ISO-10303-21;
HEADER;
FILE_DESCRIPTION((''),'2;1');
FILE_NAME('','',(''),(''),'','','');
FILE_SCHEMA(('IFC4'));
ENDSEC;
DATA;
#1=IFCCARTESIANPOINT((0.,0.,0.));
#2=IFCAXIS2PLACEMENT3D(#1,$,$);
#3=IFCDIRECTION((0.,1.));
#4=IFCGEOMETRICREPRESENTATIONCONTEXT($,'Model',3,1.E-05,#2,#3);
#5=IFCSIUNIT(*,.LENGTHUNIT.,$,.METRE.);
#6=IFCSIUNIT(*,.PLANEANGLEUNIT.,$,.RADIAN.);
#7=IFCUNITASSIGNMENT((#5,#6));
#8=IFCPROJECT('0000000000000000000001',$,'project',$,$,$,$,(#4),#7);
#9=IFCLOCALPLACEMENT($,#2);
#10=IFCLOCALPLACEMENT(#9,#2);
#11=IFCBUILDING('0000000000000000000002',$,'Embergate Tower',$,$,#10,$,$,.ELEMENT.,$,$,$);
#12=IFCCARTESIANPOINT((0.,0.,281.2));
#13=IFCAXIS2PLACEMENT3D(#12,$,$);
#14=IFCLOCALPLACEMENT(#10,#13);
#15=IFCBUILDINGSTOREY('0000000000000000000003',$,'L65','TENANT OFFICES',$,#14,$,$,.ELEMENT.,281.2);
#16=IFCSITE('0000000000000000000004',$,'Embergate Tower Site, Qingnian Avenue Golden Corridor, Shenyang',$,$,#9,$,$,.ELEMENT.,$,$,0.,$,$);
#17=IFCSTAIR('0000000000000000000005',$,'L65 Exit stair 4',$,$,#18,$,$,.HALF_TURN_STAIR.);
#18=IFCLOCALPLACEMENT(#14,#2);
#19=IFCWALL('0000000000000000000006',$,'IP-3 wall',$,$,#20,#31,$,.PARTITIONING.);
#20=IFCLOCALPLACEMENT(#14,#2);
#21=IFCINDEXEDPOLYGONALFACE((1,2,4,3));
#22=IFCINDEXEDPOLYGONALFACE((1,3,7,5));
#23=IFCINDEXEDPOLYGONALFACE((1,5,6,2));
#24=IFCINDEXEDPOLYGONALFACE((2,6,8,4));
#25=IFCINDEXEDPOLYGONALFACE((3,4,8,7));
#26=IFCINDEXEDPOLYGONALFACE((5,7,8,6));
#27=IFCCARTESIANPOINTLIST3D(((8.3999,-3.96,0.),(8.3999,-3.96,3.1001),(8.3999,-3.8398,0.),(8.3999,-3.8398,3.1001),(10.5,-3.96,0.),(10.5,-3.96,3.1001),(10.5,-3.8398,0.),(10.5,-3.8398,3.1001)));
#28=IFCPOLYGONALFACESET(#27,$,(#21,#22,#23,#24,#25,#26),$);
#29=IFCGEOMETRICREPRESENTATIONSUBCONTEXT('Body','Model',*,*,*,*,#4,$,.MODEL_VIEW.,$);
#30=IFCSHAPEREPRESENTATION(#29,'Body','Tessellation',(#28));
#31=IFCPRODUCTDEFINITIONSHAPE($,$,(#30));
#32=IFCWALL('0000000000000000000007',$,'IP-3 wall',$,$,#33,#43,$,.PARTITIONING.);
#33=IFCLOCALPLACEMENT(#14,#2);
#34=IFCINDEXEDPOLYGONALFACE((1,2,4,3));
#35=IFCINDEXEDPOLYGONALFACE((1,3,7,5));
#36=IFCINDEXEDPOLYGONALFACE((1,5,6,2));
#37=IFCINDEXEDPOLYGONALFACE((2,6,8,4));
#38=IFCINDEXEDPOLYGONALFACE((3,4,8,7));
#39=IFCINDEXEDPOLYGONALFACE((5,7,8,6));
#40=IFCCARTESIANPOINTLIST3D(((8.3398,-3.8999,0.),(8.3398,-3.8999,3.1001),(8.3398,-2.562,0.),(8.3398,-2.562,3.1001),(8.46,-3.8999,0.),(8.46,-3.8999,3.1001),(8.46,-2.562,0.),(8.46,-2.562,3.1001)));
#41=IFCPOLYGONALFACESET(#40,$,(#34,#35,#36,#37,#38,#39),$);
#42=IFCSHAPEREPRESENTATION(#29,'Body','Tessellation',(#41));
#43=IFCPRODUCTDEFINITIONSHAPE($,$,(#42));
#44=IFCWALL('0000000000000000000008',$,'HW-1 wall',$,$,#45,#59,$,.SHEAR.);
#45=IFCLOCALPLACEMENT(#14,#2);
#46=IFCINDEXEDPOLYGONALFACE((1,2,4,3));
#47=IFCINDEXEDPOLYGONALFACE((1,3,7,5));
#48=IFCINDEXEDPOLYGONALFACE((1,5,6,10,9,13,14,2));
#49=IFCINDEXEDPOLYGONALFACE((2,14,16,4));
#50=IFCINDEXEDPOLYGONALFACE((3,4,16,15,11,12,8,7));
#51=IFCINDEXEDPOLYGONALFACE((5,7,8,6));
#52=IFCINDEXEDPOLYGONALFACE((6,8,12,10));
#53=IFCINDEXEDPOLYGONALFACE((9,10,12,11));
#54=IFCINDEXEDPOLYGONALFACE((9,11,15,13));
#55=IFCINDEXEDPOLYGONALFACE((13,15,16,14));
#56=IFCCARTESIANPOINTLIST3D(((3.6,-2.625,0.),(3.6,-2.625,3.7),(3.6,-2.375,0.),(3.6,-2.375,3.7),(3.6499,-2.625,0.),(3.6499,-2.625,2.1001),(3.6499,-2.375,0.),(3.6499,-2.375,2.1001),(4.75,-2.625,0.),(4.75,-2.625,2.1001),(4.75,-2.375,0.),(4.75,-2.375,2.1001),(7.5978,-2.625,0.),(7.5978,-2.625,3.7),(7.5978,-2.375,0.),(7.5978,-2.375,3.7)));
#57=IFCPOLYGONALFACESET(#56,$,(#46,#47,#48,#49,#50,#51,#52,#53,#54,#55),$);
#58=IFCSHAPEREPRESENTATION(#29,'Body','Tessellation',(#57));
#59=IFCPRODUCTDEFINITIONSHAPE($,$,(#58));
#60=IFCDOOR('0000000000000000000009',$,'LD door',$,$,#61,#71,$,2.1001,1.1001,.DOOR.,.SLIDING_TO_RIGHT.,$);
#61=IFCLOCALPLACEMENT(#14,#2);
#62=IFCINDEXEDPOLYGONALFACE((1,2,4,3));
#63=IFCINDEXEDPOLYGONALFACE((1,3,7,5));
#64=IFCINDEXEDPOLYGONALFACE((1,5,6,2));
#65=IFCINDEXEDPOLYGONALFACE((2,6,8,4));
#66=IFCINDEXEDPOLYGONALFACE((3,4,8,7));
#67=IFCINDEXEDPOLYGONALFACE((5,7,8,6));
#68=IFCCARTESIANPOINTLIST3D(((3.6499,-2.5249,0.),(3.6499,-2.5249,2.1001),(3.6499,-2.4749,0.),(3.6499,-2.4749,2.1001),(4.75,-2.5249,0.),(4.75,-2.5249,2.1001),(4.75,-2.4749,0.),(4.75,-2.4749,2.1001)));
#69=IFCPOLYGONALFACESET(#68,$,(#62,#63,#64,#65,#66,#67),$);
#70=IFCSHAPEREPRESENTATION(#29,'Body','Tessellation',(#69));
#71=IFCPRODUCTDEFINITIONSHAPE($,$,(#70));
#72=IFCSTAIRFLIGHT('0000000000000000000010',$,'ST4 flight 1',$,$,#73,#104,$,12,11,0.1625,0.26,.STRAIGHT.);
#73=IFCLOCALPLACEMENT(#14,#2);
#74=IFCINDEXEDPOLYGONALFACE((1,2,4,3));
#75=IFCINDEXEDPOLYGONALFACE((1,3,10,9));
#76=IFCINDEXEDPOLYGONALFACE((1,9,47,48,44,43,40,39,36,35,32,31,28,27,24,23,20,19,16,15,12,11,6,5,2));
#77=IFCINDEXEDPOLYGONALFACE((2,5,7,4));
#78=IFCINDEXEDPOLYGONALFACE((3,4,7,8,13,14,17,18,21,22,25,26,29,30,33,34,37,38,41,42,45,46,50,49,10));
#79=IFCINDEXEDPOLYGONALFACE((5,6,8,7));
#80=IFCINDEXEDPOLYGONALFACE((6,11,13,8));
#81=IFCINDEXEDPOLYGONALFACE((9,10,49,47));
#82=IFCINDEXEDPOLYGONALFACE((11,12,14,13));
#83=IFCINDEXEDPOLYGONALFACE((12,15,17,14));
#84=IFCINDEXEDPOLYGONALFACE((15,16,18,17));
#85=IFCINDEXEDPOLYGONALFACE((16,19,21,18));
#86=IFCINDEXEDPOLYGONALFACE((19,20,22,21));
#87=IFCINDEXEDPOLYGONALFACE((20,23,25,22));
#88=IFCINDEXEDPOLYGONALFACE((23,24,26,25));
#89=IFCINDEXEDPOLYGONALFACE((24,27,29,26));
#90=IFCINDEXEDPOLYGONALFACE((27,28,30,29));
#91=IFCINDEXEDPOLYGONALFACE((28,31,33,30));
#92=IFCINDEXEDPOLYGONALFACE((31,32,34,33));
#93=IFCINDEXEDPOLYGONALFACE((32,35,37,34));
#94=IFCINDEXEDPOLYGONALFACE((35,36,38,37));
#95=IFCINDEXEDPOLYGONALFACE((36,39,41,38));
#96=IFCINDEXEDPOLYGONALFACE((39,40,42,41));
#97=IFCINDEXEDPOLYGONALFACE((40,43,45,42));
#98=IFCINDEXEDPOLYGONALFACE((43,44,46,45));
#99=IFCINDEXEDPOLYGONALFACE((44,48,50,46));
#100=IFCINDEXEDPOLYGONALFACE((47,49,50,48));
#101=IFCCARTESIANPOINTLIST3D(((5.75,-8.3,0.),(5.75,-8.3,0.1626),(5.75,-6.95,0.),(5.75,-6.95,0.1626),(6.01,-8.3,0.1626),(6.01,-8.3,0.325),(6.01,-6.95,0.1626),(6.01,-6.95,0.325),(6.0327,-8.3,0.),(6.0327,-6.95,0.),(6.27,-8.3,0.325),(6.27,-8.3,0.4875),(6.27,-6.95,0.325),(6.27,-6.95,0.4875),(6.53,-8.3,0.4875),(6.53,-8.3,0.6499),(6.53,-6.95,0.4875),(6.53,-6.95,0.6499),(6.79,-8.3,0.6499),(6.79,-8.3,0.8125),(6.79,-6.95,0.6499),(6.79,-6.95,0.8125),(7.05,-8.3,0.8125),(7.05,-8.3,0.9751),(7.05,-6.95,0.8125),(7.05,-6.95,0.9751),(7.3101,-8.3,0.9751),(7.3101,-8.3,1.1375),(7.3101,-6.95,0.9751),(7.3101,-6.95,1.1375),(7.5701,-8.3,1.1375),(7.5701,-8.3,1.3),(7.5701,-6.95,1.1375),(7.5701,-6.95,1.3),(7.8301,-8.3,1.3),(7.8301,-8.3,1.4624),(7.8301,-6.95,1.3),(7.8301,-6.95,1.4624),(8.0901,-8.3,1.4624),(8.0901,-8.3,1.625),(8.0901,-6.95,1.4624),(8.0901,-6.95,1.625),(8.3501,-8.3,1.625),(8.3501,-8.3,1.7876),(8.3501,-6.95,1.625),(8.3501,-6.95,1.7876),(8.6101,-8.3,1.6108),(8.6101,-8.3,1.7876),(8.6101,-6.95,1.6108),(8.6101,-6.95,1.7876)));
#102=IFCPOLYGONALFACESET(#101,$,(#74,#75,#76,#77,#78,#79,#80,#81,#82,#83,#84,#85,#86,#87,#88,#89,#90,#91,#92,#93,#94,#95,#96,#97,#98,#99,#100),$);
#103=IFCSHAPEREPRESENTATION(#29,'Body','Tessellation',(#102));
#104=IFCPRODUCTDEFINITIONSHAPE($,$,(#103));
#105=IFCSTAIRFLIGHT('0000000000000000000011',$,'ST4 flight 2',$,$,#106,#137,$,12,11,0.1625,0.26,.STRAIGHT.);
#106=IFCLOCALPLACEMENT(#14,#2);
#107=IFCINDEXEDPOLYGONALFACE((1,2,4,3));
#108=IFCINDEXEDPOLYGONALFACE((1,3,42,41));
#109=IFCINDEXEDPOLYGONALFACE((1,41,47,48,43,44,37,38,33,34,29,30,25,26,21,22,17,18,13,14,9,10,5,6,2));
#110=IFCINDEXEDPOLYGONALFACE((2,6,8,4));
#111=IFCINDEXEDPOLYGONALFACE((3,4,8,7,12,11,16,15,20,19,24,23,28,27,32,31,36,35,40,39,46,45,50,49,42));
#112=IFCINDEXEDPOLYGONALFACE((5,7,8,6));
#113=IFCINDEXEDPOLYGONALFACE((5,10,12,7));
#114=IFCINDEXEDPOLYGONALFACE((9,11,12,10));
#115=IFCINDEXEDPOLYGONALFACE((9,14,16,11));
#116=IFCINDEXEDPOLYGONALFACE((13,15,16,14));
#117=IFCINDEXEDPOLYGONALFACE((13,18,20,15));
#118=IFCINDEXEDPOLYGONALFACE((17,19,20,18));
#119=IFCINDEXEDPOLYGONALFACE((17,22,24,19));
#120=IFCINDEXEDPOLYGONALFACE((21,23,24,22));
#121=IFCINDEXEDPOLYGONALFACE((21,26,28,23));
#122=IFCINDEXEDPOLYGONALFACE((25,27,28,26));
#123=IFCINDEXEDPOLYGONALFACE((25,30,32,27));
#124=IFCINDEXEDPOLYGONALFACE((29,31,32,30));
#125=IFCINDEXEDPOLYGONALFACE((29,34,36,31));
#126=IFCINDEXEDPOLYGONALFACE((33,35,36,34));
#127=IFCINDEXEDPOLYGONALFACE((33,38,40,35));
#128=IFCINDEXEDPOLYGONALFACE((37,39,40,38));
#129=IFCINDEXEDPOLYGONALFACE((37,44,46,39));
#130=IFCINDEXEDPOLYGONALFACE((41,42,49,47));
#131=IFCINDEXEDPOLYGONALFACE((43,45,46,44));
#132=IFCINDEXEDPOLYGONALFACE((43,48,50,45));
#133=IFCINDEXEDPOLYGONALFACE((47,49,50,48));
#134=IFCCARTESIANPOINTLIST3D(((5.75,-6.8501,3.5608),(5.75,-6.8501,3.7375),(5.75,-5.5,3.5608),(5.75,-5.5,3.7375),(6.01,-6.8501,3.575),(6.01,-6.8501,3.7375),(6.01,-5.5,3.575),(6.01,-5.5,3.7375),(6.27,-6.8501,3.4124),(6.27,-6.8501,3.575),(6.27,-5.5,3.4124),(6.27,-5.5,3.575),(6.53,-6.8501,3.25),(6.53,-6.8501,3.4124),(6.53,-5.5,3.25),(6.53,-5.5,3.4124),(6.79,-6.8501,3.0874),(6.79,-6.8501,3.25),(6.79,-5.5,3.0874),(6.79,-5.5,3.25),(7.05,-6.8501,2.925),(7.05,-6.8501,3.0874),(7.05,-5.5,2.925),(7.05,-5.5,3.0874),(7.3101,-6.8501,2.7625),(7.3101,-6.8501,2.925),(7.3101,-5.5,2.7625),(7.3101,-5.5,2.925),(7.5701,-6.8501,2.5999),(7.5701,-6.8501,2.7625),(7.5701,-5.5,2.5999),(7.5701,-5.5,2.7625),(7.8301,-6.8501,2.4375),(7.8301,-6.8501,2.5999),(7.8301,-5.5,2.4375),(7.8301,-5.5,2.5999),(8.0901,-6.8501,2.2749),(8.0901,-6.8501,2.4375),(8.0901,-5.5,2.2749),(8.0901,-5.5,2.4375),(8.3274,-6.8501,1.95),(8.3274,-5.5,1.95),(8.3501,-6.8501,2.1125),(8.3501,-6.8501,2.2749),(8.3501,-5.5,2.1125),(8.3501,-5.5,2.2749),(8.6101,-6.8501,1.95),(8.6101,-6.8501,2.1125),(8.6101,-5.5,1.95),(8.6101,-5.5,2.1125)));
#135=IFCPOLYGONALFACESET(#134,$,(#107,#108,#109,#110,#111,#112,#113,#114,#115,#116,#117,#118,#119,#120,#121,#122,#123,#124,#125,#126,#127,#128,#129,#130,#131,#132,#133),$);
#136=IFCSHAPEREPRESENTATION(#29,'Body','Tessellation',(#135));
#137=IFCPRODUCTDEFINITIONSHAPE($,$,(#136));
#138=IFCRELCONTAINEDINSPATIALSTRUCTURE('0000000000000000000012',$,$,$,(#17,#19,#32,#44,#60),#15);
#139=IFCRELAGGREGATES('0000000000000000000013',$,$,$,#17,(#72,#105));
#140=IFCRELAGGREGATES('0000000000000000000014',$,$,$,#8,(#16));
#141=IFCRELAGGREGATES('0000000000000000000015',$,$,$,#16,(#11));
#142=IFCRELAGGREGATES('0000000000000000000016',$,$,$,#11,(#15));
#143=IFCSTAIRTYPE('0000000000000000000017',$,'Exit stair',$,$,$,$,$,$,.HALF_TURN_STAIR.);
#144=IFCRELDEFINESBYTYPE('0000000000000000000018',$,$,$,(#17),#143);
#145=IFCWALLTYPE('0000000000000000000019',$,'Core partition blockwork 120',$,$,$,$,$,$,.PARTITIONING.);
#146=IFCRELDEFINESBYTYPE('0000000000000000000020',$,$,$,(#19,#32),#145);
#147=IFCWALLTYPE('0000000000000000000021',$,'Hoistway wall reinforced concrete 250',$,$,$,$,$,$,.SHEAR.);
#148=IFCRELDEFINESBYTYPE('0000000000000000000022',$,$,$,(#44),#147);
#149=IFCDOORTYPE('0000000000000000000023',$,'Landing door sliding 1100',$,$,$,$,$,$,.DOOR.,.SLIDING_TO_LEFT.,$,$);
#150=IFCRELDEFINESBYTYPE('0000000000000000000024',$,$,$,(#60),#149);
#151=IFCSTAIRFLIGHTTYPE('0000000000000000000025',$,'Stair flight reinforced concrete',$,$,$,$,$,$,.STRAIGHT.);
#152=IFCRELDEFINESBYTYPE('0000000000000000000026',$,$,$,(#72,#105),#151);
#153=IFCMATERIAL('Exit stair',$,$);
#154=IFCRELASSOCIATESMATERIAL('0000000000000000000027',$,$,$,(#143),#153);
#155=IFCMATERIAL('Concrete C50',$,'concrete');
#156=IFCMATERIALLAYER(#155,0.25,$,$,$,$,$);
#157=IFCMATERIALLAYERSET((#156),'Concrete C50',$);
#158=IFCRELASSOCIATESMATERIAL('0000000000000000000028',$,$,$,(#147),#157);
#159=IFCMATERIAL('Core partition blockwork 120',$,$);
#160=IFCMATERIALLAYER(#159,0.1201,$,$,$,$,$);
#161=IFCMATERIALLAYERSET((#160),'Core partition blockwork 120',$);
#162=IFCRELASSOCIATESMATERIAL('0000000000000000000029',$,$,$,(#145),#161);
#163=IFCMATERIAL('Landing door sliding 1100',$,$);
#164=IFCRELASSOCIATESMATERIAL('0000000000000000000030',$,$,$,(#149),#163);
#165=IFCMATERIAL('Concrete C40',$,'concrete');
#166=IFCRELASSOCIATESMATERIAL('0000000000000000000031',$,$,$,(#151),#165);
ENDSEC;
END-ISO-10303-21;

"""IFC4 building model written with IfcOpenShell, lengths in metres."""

from ifc_helpers import new_model, si_unit, direction, frame, frame_2d, origin, place, context, subcontext, project, spatial, polyline, rectangle, outline, extrude, source, transform, mapped, material, layer, layer_set, type_object, element, fill, aggregate, save


model = new_model("IFC4")

# Units and contexts
model_context = context("Model", 3, precision=1e-05, world=origin(), true_north=direction((0.0, 1.0)))
body_context = subcontext(model_context, "Body", "Model", "MODEL_VIEW")
ifc_project = project(units=[si_unit("LENGTHUNIT", "METRE"), si_unit("PLANEANGLEUNIT", "RADIAN")], contexts=[model_context])

# Site, building, storey
site_placement = place(None, origin())
site = spatial("IfcSite", under=ifc_project, at=site_placement, Name="Embergate Tower Site, Qingnian Avenue Golden Corridor, Shenyang", CompositionType="ELEMENT", RefElevation=0.0)
building_placement = place(site_placement, origin())
building = spatial("IfcBuilding", under=site, at=building_placement, Name="Embergate Tower", CompositionType="ELEMENT")
storey_placement = place(building_placement, frame((0.0, 0.0, 281.2)))
storey = spatial("IfcBuildingStorey", under=building, at=storey_placement, Name="L65", Description="TENANT OFFICES", CompositionType="ELEMENT", Elevation=281.2)

# Stair
ifc_material_1 = material(Name="Exit stair")
stair_type = type_object("IfcStairType", Name="Exit stair", PredefinedType="HALF_TURN_STAIR", material=ifc_material_1)
stair_placement = place(storey_placement, origin())
stair = element("IfcStair", 1, at=stair_placement, inside=storey, type_object=stair_type, Name="L65 Exit stair 4", PredefinedType="HALF_TURN_STAIR")
ifc_material_2 = material(Name="Concrete C40", Category="concrete")

# Shared definitions
ifc_material_3 = material(Name="Concrete C50", Category="concrete")

# Shared definitions
ifc_layer_1 = layer(ifc_material_3, 0.25)
ifc_layer_set_1 = layer_set([ifc_layer_1], Name="Concrete C50")
wall_type_1 = type_object("IfcWallType", Name="Hoistway wall reinforced concrete 250", PredefinedType="SHEAR", material=ifc_layer_set_1)

# Shared definitions
ifc_material_4 = material(Name="Core partition blockwork 120")
ifc_layer_2 = layer(ifc_material_4, 0.1201)
ifc_layer_set_2 = layer_set([ifc_layer_2], Name="Core partition blockwork 120")
wall_type_2 = type_object("IfcWallType", Name="Core partition blockwork 120", PredefinedType="PARTITIONING", material=ifc_layer_set_2)

# Walls
shared_shape_1 = source(origin(), body_context, "Body", "SweptSolid", [
    extrude(rectangle(XDim=2.1001, YDim=0.1201, at=frame_2d((1.05, 0.0))), origin(), (0.0, 0.0, 1.0), 3.1001),
])
wall_1_placement = place(storey_placement, frame((8.3999, -3.8999, 0.0), z_axis=(0.0, 0.0, 1.0), x_axis=(1.0, 0.0, 0.0)))
element("IfcWall", 2, at=wall_1_placement, inside=storey, type_object=wall_type_2, Name="IP-3 wall", PredefinedType="PARTITIONING", context=body_context, shape_type="MappedRepresentation", body=[
    mapped(shared_shape_1, transform((0.0, 0.0, 0.0))),
])
shared_shape_2 = source(origin(), body_context, "Body", "SweptSolid", [
    extrude(rectangle(XDim=1.3379, YDim=0.1201, at=frame_2d((0.6689, 0.0))), origin(), (0.0, 0.0, 1.0), 3.1001),
])
wall_2_placement = place(storey_placement, frame((8.3999, -2.562, 0.0), z_axis=(0.0, 0.0, 1.0), x_axis=(0.0, -1.0, 0.0)))
element("IfcWall", 3, at=wall_2_placement, inside=storey, type_object=wall_type_2, Name="IP-3 wall", PredefinedType="PARTITIONING", context=body_context, shape_type="MappedRepresentation", body=[
    mapped(shared_shape_2, transform((0.0, 0.0, 0.0))),
])

# Wall, opening, door
shared_shape_3 = source(origin(), body_context, "Body", "SweptSolid", [
    extrude(rectangle(XDim=3.9978, YDim=0.25, at=frame_2d((1.999, 0.0))), origin(), (0.0, 0.0, 1.0), 3.7),
])
wall_3_placement = place(storey_placement, frame((7.5979, -2.5, 0.0), z_axis=(0.0, 0.0, 1.0), x_axis=(-1.0, 0.0, 0.0)))
wall_3 = element("IfcWall", 4, at=wall_3_placement, inside=storey, type_object=wall_type_1, Name="HW-1 wall", PredefinedType="SHEAR", context=body_context, shape_type="MappedRepresentation", body=[
    mapped(shared_shape_3, transform((0.0, 0.0, 0.0))),
])
shared_shape_4 = source(origin(), body_context, "Body", "SweptSolid", [
    extrude(rectangle(XDim=1.1001, YDim=2.1001, at=frame_2d((0.55, 1.05))), frame((0.0, 0.135, 0.0), z_axis=(0.0, -1.0, 0.0), x_axis=(1.0, 0.0, 0.0)), (0.0, 0.0, 1.0), 0.27),
])
opening_1_placement = place(wall_3_placement, frame((2.8479, 0.0, 0.0)))
opening_1 = element("IfcOpeningElement", 5, at=opening_1_placement, cuts=wall_3, PredefinedType="OPENING", context=body_context, shape_type="MappedRepresentation", body=[
    mapped(shared_shape_4, transform((0.0, 0.0, 0.0))),
])
ifc_material_5 = material(Name="Landing door sliding 1100")
door_type_1 = type_object("IfcDoorType", Name="Landing door sliding 1100", OperationType="SLIDING_TO_LEFT", PredefinedType="DOOR", material=ifc_material_5)
shared_shape_5 = source(origin(), body_context, "Body", "SweptSolid", [
    extrude(rectangle(XDim=1.1001, YDim=2.1001, at=frame_2d((0.55, 1.05))), frame((0.0, 0.0249, 0.0), z_axis=(0.0, -1.0, 0.0), x_axis=(1.0, 0.0, 0.0)), (0.0, 0.0, 1.0), 0.05),
])
door_1_placement = place(opening_1_placement, origin())
door_1 = element("IfcDoor", 6, at=door_1_placement, inside=storey, type_object=door_type_1, Name="LD door", OperationType="SLIDING_TO_RIGHT", OverallHeight=2.1001, OverallWidth=1.1001, PredefinedType="DOOR", context=body_context, shape_type="MappedRepresentation", body=[
    mapped(shared_shape_5, transform((0.0, 0.0, 0.0))),
])
fill(opening_1, door_1)

# Stair flights
stair_flight_type = type_object("IfcStairFlightType", Name="Stair flight reinforced concrete", PredefinedType="STRAIGHT", material=ifc_material_2)
shared_shape_6 = source(origin(), body_context, "Body", "SweptSolid", [
    extrude(outline(polyline([(0.0, 0.0), (0.0, 0.1626), (0.26, 0.1626), (0.26, 0.325), (0.52, 0.325), (0.52, 0.4875), (0.78, 0.4875), (0.78, 0.6499), (1.04, 0.6499), (1.04, 0.8125), (1.3, 0.8125), (1.3, 0.9751), (1.5601, 0.9751), (1.5601, 1.1375), (1.8201, 1.1375), (1.8201, 1.3), (2.0801, 1.3), (2.0801, 1.4624), (2.3401, 1.4624), (2.3401, 1.625), (2.6001, 1.625), (2.6001, 1.7876), (2.8601, 1.7876), (2.8601, 1.95), (2.8601, 1.6108), (0.2827, 0.0), (0.0, 0.0)])), frame((0.0, 0.675, 0.0), z_axis=(0.0, -1.0, 0.0), x_axis=(1.0, 0.0, 0.0)), (0.0, 0.0, 1.0), 1.3501),
])
stair_flight_1_placement = place(storey_placement, frame((5.75, -7.625, 0.0), z_axis=(0.0, 0.0, 1.0), x_axis=(1.0, 0.0, 0.0)))
stair_flight_1 = element("IfcStairFlight", 7, at=stair_flight_1_placement, type_object=stair_flight_type, Name="ST4 flight 1", NumberOfRisers=12, NumberOfTreads=11, PredefinedType="STRAIGHT", RiserHeight=0.1625, TreadLength=0.26, context=body_context, shape_type="MappedRepresentation", body=[
    mapped(shared_shape_6, transform((0.0, 0.0, 0.0))),
])
stair_flight_2_placement = place(storey_placement, frame((8.6101, -6.175, 1.95), z_axis=(0.0, 0.0, 1.0), x_axis=(-1.0, 0.0, 0.0)))
stair_flight_2 = element("IfcStairFlight", 8, at=stair_flight_2_placement, type_object=stair_flight_type, Name="ST4 flight 2", NumberOfRisers=12, NumberOfTreads=11, PredefinedType="STRAIGHT", RiserHeight=0.1625, TreadLength=0.26, context=body_context, shape_type="MappedRepresentation", body=[
    mapped(shared_shape_6, transform((0.0, 0.0, 0.0))),
])
aggregate(stair, [stair_flight_1, stair_flight_2])

save(model, "model.ifc")
